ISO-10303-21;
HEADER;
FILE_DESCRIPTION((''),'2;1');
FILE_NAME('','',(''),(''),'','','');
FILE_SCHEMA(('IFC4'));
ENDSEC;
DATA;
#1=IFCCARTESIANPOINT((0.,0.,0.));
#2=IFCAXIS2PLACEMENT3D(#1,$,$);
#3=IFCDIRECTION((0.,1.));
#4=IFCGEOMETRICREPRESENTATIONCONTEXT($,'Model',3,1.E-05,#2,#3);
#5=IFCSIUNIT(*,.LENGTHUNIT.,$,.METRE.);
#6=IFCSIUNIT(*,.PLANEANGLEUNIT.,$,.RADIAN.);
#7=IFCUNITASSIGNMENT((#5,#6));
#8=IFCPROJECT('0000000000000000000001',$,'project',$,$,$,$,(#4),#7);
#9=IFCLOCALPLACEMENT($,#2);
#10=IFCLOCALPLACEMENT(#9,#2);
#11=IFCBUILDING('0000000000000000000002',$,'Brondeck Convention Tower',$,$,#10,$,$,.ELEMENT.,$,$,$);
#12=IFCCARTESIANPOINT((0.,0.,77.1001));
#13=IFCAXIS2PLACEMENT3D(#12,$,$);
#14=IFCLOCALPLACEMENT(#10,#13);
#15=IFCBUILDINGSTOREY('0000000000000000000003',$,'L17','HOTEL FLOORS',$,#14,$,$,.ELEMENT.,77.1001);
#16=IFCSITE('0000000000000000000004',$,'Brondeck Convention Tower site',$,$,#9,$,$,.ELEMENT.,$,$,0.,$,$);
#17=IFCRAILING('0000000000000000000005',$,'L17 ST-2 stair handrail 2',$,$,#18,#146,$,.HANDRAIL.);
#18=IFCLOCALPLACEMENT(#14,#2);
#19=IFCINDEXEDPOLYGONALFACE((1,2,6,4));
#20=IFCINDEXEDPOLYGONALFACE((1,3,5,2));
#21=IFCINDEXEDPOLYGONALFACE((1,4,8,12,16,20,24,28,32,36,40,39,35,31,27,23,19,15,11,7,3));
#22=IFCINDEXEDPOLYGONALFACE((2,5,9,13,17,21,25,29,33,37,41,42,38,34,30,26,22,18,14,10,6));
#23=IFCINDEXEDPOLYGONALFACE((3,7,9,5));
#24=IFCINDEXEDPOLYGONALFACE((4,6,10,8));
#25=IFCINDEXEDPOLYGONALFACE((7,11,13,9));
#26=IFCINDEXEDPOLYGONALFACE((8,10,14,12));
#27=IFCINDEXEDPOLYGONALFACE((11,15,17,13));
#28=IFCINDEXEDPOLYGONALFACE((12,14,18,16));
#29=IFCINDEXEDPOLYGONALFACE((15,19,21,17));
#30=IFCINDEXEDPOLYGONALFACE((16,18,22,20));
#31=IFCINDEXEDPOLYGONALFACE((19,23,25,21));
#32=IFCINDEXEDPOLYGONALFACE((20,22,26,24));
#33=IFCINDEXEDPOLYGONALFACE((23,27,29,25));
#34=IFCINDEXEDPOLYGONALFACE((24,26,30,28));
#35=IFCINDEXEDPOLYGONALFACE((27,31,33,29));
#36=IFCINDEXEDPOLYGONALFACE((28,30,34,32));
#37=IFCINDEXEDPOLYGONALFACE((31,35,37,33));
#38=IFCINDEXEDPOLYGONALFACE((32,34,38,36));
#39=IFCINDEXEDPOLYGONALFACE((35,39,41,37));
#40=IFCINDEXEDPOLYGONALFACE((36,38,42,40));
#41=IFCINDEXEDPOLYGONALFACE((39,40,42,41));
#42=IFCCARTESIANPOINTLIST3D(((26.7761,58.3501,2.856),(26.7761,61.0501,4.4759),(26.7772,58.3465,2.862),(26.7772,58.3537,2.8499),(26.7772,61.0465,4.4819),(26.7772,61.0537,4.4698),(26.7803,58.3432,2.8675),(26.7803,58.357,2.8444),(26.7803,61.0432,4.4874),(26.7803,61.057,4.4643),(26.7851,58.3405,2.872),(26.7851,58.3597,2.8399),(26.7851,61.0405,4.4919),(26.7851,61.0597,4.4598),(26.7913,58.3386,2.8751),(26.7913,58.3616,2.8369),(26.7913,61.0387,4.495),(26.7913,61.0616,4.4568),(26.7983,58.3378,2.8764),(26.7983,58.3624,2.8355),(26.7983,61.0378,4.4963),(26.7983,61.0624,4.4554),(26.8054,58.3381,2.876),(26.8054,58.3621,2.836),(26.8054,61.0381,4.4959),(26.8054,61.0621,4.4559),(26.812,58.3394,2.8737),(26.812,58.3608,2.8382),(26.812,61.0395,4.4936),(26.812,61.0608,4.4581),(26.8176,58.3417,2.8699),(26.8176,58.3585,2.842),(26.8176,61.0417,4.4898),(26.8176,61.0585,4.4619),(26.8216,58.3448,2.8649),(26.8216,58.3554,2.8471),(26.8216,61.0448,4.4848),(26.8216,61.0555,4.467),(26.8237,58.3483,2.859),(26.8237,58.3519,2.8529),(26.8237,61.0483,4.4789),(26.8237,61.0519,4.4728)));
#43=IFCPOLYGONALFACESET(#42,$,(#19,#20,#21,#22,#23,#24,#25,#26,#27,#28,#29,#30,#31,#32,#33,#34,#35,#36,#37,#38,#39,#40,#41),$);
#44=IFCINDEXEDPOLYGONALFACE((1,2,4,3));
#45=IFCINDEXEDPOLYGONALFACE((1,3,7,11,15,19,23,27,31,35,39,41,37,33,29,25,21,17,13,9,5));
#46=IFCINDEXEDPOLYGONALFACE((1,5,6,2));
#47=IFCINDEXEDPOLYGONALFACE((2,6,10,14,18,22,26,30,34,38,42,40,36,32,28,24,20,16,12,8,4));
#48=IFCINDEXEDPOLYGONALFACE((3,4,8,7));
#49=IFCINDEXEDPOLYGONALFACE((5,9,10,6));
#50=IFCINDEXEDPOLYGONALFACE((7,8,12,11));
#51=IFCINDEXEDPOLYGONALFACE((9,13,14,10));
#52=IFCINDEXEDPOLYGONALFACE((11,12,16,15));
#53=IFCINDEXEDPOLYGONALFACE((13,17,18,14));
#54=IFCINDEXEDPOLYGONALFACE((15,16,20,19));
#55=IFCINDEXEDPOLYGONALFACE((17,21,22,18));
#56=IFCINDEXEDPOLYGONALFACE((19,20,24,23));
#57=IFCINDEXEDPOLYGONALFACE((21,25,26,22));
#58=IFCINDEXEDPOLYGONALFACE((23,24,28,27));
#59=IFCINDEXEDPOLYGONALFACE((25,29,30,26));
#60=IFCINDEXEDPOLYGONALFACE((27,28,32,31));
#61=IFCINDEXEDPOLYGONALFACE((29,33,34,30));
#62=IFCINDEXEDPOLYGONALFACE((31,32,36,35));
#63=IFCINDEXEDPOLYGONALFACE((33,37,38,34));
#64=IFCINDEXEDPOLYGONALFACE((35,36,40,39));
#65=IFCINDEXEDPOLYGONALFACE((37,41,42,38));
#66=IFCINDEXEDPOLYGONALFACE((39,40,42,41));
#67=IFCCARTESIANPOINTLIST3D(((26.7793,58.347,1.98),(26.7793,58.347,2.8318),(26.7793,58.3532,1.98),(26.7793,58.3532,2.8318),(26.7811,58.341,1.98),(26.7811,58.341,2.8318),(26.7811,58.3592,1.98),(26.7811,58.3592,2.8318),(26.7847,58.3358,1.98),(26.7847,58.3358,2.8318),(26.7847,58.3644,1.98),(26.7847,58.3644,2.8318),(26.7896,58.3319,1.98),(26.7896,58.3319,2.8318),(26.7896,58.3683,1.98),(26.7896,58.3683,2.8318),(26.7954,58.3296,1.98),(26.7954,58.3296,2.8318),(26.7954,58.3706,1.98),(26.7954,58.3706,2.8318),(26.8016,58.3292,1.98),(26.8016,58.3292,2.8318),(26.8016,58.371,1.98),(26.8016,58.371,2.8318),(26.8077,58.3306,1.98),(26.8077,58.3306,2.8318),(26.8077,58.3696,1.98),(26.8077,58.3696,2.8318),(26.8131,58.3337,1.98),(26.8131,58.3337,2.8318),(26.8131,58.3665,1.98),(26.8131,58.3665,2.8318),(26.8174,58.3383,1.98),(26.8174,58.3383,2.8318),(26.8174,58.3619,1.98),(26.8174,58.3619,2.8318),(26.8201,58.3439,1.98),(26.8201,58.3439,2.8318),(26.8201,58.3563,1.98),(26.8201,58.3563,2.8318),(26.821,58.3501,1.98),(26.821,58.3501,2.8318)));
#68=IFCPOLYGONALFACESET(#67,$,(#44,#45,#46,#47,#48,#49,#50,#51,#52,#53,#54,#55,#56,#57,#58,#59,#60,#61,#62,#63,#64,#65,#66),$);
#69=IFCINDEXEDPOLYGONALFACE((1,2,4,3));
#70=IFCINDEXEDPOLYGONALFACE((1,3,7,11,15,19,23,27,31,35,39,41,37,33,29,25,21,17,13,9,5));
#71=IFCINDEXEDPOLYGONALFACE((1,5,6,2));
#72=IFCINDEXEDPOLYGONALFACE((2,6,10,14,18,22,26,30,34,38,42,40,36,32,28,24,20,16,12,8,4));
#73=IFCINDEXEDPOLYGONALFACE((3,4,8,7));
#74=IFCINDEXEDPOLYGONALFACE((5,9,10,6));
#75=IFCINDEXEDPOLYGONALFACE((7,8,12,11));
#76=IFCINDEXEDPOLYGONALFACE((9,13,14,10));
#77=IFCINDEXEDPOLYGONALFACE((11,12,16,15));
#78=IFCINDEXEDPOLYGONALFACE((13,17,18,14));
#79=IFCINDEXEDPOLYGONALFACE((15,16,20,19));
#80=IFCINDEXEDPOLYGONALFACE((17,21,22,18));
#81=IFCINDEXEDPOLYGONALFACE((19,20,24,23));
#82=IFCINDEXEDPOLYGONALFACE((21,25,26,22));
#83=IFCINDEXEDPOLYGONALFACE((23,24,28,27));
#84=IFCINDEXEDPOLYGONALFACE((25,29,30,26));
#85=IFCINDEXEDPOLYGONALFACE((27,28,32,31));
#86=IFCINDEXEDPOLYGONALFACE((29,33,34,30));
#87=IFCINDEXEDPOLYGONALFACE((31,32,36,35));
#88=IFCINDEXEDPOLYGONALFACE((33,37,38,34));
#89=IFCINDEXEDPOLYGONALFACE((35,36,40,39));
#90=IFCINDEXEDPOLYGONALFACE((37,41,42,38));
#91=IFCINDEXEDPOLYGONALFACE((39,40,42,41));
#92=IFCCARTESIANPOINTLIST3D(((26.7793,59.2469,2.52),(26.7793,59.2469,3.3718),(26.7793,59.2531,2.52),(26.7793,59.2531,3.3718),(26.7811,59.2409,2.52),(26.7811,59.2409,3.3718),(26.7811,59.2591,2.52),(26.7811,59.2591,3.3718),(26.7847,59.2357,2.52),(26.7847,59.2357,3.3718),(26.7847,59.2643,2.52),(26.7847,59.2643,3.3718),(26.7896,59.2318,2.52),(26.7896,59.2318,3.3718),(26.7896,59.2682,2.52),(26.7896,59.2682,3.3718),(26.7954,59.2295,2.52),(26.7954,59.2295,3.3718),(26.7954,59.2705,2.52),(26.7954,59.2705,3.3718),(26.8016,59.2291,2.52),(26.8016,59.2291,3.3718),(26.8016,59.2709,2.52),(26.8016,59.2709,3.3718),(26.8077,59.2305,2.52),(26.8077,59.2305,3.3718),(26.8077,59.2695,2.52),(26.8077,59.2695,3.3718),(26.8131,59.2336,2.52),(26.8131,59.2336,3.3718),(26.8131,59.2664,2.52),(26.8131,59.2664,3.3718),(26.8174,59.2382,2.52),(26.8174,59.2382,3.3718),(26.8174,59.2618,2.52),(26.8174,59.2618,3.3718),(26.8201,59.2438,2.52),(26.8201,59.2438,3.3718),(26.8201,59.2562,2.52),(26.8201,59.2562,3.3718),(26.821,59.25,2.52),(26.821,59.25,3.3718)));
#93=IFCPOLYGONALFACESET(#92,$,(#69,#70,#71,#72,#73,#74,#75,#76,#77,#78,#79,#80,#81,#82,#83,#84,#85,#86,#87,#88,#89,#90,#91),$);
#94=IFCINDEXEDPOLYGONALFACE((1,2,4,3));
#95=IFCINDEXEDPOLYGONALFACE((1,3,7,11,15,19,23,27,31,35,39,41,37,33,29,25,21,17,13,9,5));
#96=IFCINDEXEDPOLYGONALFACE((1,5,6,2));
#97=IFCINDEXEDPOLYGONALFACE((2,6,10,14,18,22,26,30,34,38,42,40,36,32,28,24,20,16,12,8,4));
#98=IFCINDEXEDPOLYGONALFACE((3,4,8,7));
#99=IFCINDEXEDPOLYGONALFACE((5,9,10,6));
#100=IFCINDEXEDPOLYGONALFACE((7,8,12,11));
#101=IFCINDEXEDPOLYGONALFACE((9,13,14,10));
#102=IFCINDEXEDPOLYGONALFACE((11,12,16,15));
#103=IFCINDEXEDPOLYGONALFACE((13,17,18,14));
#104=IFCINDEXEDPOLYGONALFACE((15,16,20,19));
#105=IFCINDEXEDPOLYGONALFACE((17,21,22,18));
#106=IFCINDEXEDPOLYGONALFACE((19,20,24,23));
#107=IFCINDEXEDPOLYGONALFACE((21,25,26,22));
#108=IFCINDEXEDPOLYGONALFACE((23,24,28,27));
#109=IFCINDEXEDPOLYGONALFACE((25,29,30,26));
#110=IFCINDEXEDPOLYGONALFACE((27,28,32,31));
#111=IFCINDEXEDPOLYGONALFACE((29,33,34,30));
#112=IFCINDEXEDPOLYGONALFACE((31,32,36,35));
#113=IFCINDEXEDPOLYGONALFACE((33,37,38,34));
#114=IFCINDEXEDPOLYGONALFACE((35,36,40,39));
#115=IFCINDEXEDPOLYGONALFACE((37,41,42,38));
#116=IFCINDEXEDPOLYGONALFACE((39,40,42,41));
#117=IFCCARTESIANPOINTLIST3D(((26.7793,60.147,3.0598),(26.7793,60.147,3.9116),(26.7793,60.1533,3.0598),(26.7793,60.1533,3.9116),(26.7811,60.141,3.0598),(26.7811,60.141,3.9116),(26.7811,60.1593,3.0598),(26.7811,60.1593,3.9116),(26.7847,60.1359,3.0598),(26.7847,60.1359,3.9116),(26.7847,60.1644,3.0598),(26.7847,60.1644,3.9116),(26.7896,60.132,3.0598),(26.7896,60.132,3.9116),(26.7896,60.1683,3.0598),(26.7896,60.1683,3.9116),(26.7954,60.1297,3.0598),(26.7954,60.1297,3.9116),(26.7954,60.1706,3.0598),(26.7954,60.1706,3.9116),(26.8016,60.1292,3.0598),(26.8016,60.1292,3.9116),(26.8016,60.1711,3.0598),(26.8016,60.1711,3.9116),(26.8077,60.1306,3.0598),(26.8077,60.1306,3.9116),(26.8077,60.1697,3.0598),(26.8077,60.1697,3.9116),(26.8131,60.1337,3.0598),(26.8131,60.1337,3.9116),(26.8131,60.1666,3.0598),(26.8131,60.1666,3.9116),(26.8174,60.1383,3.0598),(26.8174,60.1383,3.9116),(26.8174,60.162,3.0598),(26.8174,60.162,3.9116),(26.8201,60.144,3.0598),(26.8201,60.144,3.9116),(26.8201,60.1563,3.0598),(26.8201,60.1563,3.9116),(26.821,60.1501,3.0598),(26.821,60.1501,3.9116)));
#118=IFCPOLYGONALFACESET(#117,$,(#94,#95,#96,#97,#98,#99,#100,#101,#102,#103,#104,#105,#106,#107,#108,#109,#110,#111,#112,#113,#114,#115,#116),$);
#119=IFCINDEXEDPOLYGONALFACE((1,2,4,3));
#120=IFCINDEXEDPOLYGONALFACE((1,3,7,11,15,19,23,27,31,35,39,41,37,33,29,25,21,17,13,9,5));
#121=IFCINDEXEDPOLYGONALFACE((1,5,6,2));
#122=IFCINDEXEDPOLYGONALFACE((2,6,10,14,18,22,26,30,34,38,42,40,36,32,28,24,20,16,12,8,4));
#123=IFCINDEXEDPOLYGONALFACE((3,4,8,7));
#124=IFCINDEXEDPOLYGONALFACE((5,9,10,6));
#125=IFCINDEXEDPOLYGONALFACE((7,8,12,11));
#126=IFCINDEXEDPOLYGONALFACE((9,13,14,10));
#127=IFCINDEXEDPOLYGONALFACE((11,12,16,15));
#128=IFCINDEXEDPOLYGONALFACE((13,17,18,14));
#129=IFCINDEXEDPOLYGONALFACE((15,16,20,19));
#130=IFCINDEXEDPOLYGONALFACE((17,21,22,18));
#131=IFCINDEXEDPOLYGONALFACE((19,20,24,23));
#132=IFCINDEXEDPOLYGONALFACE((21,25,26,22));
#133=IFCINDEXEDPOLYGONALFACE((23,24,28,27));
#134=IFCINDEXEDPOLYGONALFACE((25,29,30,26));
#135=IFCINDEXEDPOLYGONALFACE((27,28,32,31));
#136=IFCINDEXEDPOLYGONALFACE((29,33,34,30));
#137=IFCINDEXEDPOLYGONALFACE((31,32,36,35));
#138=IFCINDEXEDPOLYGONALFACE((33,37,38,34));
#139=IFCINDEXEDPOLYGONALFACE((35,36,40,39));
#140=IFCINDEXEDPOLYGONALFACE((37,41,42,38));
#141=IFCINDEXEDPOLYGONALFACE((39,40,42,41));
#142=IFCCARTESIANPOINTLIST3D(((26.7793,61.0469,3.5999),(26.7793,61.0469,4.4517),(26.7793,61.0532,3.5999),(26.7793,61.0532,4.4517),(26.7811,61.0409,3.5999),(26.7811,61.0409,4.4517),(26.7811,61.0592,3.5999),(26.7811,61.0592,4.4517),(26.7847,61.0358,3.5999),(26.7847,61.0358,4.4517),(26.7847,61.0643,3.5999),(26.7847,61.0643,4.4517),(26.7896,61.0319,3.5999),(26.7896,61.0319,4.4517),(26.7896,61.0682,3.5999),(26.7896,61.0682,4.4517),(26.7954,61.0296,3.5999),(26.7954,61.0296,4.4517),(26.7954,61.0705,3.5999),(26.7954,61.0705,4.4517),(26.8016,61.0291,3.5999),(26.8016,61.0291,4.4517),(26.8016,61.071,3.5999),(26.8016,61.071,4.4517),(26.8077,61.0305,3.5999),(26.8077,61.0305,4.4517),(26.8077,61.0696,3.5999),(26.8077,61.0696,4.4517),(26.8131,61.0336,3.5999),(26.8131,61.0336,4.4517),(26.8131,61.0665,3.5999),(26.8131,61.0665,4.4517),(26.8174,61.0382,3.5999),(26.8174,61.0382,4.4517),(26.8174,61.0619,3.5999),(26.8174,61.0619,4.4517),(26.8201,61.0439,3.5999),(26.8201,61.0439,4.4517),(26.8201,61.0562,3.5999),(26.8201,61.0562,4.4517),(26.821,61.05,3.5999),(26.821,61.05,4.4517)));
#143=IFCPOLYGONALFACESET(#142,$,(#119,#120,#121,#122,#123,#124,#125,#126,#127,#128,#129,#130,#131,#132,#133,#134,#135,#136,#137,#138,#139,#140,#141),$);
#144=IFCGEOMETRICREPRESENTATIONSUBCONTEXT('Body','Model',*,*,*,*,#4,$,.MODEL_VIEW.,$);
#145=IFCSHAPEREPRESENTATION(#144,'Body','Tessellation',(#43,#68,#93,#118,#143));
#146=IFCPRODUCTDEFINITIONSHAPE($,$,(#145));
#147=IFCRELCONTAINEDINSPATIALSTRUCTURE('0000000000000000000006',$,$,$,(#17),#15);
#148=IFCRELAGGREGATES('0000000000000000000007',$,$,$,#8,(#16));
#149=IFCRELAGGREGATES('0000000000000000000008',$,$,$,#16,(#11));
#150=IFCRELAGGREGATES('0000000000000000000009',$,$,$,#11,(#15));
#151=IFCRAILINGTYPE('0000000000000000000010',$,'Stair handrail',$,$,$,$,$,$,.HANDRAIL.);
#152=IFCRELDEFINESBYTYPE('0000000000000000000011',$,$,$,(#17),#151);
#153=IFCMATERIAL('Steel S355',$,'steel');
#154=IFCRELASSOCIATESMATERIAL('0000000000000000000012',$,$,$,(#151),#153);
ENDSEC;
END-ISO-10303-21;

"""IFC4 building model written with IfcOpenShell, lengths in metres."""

from ifc_helpers import new_model, si_unit, direction, frame, origin, origin_2d, place, context, subcontext, project, spatial, circle, extrude, material, type_object, element, save


model = new_model("IFC4")

# Units and contexts
model_context = context("Model", 3, precision=1e-05, world=origin(), true_north=direction((0.0, 1.0)))
body_context = subcontext(model_context, "Body", "Model", "MODEL_VIEW")
ifc_project = project(units=[si_unit("LENGTHUNIT", "METRE"), si_unit("PLANEANGLEUNIT", "RADIAN")], contexts=[model_context])

# Site, building, storey
site_placement = place(None, origin())
site = spatial("IfcSite", under=ifc_project, at=site_placement, Name="Brondeck Convention Tower site", CompositionType="ELEMENT", RefElevation=0.0)
building_placement = place(site_placement, origin())
building = spatial("IfcBuilding", under=site, at=building_placement, Name="Brondeck Convention Tower", CompositionType="ELEMENT")
storey_placement = place(building_placement, frame((0.0, 0.0, 77.1001)))
storey = spatial("IfcBuildingStorey", under=building, at=storey_placement, Name="L17", Description="HOTEL FLOORS", CompositionType="ELEMENT", Elevation=77.1001)

# Railing
ifc_material_1 = material(Name="Steel S355", Category="steel")
railing_type_1 = type_object("IfcRailingType", Name="Stair handrail", PredefinedType="HANDRAIL", material=ifc_material_1)
railing_1_placement = place(storey_placement, frame((26.8, 58.3501, 1.98)))
element("IfcRailing", 1, at=railing_1_placement, inside=storey, type_object=railing_type_1, Name="L17 ST-2 stair handrail 2", PredefinedType="HANDRAIL", context=body_context, shape_type="SweptSolid", body=[
    extrude(circle(Radius=0.0239, at=origin_2d()), frame((0.0, 0.0, 0.876), z_axis=(0.0, 0.857507, 0.514473), x_axis=(-1.0, 0.0, 0.0)), (0.0, 0.0, 1.0), 3.1487),
    extrude(circle(Radius=0.021, at=origin_2d()), origin(), (0.0, 0.0, 1.0), 0.8518),
    extrude(circle(Radius=0.021, at=origin_2d()), frame((0.0, 0.8999, 0.54)), (0.0, 0.0, 1.0), 0.8518),
    extrude(circle(Radius=0.021, at=origin_2d()), frame((0.0, 1.8, 1.0798)), (0.0, 0.0, 1.0), 0.8518),
    extrude(circle(Radius=0.021, at=origin_2d()), frame((0.0, 2.7, 1.6199)), (0.0, 0.0, 1.0), 0.8518),
])

save(model, "model.ifc")
